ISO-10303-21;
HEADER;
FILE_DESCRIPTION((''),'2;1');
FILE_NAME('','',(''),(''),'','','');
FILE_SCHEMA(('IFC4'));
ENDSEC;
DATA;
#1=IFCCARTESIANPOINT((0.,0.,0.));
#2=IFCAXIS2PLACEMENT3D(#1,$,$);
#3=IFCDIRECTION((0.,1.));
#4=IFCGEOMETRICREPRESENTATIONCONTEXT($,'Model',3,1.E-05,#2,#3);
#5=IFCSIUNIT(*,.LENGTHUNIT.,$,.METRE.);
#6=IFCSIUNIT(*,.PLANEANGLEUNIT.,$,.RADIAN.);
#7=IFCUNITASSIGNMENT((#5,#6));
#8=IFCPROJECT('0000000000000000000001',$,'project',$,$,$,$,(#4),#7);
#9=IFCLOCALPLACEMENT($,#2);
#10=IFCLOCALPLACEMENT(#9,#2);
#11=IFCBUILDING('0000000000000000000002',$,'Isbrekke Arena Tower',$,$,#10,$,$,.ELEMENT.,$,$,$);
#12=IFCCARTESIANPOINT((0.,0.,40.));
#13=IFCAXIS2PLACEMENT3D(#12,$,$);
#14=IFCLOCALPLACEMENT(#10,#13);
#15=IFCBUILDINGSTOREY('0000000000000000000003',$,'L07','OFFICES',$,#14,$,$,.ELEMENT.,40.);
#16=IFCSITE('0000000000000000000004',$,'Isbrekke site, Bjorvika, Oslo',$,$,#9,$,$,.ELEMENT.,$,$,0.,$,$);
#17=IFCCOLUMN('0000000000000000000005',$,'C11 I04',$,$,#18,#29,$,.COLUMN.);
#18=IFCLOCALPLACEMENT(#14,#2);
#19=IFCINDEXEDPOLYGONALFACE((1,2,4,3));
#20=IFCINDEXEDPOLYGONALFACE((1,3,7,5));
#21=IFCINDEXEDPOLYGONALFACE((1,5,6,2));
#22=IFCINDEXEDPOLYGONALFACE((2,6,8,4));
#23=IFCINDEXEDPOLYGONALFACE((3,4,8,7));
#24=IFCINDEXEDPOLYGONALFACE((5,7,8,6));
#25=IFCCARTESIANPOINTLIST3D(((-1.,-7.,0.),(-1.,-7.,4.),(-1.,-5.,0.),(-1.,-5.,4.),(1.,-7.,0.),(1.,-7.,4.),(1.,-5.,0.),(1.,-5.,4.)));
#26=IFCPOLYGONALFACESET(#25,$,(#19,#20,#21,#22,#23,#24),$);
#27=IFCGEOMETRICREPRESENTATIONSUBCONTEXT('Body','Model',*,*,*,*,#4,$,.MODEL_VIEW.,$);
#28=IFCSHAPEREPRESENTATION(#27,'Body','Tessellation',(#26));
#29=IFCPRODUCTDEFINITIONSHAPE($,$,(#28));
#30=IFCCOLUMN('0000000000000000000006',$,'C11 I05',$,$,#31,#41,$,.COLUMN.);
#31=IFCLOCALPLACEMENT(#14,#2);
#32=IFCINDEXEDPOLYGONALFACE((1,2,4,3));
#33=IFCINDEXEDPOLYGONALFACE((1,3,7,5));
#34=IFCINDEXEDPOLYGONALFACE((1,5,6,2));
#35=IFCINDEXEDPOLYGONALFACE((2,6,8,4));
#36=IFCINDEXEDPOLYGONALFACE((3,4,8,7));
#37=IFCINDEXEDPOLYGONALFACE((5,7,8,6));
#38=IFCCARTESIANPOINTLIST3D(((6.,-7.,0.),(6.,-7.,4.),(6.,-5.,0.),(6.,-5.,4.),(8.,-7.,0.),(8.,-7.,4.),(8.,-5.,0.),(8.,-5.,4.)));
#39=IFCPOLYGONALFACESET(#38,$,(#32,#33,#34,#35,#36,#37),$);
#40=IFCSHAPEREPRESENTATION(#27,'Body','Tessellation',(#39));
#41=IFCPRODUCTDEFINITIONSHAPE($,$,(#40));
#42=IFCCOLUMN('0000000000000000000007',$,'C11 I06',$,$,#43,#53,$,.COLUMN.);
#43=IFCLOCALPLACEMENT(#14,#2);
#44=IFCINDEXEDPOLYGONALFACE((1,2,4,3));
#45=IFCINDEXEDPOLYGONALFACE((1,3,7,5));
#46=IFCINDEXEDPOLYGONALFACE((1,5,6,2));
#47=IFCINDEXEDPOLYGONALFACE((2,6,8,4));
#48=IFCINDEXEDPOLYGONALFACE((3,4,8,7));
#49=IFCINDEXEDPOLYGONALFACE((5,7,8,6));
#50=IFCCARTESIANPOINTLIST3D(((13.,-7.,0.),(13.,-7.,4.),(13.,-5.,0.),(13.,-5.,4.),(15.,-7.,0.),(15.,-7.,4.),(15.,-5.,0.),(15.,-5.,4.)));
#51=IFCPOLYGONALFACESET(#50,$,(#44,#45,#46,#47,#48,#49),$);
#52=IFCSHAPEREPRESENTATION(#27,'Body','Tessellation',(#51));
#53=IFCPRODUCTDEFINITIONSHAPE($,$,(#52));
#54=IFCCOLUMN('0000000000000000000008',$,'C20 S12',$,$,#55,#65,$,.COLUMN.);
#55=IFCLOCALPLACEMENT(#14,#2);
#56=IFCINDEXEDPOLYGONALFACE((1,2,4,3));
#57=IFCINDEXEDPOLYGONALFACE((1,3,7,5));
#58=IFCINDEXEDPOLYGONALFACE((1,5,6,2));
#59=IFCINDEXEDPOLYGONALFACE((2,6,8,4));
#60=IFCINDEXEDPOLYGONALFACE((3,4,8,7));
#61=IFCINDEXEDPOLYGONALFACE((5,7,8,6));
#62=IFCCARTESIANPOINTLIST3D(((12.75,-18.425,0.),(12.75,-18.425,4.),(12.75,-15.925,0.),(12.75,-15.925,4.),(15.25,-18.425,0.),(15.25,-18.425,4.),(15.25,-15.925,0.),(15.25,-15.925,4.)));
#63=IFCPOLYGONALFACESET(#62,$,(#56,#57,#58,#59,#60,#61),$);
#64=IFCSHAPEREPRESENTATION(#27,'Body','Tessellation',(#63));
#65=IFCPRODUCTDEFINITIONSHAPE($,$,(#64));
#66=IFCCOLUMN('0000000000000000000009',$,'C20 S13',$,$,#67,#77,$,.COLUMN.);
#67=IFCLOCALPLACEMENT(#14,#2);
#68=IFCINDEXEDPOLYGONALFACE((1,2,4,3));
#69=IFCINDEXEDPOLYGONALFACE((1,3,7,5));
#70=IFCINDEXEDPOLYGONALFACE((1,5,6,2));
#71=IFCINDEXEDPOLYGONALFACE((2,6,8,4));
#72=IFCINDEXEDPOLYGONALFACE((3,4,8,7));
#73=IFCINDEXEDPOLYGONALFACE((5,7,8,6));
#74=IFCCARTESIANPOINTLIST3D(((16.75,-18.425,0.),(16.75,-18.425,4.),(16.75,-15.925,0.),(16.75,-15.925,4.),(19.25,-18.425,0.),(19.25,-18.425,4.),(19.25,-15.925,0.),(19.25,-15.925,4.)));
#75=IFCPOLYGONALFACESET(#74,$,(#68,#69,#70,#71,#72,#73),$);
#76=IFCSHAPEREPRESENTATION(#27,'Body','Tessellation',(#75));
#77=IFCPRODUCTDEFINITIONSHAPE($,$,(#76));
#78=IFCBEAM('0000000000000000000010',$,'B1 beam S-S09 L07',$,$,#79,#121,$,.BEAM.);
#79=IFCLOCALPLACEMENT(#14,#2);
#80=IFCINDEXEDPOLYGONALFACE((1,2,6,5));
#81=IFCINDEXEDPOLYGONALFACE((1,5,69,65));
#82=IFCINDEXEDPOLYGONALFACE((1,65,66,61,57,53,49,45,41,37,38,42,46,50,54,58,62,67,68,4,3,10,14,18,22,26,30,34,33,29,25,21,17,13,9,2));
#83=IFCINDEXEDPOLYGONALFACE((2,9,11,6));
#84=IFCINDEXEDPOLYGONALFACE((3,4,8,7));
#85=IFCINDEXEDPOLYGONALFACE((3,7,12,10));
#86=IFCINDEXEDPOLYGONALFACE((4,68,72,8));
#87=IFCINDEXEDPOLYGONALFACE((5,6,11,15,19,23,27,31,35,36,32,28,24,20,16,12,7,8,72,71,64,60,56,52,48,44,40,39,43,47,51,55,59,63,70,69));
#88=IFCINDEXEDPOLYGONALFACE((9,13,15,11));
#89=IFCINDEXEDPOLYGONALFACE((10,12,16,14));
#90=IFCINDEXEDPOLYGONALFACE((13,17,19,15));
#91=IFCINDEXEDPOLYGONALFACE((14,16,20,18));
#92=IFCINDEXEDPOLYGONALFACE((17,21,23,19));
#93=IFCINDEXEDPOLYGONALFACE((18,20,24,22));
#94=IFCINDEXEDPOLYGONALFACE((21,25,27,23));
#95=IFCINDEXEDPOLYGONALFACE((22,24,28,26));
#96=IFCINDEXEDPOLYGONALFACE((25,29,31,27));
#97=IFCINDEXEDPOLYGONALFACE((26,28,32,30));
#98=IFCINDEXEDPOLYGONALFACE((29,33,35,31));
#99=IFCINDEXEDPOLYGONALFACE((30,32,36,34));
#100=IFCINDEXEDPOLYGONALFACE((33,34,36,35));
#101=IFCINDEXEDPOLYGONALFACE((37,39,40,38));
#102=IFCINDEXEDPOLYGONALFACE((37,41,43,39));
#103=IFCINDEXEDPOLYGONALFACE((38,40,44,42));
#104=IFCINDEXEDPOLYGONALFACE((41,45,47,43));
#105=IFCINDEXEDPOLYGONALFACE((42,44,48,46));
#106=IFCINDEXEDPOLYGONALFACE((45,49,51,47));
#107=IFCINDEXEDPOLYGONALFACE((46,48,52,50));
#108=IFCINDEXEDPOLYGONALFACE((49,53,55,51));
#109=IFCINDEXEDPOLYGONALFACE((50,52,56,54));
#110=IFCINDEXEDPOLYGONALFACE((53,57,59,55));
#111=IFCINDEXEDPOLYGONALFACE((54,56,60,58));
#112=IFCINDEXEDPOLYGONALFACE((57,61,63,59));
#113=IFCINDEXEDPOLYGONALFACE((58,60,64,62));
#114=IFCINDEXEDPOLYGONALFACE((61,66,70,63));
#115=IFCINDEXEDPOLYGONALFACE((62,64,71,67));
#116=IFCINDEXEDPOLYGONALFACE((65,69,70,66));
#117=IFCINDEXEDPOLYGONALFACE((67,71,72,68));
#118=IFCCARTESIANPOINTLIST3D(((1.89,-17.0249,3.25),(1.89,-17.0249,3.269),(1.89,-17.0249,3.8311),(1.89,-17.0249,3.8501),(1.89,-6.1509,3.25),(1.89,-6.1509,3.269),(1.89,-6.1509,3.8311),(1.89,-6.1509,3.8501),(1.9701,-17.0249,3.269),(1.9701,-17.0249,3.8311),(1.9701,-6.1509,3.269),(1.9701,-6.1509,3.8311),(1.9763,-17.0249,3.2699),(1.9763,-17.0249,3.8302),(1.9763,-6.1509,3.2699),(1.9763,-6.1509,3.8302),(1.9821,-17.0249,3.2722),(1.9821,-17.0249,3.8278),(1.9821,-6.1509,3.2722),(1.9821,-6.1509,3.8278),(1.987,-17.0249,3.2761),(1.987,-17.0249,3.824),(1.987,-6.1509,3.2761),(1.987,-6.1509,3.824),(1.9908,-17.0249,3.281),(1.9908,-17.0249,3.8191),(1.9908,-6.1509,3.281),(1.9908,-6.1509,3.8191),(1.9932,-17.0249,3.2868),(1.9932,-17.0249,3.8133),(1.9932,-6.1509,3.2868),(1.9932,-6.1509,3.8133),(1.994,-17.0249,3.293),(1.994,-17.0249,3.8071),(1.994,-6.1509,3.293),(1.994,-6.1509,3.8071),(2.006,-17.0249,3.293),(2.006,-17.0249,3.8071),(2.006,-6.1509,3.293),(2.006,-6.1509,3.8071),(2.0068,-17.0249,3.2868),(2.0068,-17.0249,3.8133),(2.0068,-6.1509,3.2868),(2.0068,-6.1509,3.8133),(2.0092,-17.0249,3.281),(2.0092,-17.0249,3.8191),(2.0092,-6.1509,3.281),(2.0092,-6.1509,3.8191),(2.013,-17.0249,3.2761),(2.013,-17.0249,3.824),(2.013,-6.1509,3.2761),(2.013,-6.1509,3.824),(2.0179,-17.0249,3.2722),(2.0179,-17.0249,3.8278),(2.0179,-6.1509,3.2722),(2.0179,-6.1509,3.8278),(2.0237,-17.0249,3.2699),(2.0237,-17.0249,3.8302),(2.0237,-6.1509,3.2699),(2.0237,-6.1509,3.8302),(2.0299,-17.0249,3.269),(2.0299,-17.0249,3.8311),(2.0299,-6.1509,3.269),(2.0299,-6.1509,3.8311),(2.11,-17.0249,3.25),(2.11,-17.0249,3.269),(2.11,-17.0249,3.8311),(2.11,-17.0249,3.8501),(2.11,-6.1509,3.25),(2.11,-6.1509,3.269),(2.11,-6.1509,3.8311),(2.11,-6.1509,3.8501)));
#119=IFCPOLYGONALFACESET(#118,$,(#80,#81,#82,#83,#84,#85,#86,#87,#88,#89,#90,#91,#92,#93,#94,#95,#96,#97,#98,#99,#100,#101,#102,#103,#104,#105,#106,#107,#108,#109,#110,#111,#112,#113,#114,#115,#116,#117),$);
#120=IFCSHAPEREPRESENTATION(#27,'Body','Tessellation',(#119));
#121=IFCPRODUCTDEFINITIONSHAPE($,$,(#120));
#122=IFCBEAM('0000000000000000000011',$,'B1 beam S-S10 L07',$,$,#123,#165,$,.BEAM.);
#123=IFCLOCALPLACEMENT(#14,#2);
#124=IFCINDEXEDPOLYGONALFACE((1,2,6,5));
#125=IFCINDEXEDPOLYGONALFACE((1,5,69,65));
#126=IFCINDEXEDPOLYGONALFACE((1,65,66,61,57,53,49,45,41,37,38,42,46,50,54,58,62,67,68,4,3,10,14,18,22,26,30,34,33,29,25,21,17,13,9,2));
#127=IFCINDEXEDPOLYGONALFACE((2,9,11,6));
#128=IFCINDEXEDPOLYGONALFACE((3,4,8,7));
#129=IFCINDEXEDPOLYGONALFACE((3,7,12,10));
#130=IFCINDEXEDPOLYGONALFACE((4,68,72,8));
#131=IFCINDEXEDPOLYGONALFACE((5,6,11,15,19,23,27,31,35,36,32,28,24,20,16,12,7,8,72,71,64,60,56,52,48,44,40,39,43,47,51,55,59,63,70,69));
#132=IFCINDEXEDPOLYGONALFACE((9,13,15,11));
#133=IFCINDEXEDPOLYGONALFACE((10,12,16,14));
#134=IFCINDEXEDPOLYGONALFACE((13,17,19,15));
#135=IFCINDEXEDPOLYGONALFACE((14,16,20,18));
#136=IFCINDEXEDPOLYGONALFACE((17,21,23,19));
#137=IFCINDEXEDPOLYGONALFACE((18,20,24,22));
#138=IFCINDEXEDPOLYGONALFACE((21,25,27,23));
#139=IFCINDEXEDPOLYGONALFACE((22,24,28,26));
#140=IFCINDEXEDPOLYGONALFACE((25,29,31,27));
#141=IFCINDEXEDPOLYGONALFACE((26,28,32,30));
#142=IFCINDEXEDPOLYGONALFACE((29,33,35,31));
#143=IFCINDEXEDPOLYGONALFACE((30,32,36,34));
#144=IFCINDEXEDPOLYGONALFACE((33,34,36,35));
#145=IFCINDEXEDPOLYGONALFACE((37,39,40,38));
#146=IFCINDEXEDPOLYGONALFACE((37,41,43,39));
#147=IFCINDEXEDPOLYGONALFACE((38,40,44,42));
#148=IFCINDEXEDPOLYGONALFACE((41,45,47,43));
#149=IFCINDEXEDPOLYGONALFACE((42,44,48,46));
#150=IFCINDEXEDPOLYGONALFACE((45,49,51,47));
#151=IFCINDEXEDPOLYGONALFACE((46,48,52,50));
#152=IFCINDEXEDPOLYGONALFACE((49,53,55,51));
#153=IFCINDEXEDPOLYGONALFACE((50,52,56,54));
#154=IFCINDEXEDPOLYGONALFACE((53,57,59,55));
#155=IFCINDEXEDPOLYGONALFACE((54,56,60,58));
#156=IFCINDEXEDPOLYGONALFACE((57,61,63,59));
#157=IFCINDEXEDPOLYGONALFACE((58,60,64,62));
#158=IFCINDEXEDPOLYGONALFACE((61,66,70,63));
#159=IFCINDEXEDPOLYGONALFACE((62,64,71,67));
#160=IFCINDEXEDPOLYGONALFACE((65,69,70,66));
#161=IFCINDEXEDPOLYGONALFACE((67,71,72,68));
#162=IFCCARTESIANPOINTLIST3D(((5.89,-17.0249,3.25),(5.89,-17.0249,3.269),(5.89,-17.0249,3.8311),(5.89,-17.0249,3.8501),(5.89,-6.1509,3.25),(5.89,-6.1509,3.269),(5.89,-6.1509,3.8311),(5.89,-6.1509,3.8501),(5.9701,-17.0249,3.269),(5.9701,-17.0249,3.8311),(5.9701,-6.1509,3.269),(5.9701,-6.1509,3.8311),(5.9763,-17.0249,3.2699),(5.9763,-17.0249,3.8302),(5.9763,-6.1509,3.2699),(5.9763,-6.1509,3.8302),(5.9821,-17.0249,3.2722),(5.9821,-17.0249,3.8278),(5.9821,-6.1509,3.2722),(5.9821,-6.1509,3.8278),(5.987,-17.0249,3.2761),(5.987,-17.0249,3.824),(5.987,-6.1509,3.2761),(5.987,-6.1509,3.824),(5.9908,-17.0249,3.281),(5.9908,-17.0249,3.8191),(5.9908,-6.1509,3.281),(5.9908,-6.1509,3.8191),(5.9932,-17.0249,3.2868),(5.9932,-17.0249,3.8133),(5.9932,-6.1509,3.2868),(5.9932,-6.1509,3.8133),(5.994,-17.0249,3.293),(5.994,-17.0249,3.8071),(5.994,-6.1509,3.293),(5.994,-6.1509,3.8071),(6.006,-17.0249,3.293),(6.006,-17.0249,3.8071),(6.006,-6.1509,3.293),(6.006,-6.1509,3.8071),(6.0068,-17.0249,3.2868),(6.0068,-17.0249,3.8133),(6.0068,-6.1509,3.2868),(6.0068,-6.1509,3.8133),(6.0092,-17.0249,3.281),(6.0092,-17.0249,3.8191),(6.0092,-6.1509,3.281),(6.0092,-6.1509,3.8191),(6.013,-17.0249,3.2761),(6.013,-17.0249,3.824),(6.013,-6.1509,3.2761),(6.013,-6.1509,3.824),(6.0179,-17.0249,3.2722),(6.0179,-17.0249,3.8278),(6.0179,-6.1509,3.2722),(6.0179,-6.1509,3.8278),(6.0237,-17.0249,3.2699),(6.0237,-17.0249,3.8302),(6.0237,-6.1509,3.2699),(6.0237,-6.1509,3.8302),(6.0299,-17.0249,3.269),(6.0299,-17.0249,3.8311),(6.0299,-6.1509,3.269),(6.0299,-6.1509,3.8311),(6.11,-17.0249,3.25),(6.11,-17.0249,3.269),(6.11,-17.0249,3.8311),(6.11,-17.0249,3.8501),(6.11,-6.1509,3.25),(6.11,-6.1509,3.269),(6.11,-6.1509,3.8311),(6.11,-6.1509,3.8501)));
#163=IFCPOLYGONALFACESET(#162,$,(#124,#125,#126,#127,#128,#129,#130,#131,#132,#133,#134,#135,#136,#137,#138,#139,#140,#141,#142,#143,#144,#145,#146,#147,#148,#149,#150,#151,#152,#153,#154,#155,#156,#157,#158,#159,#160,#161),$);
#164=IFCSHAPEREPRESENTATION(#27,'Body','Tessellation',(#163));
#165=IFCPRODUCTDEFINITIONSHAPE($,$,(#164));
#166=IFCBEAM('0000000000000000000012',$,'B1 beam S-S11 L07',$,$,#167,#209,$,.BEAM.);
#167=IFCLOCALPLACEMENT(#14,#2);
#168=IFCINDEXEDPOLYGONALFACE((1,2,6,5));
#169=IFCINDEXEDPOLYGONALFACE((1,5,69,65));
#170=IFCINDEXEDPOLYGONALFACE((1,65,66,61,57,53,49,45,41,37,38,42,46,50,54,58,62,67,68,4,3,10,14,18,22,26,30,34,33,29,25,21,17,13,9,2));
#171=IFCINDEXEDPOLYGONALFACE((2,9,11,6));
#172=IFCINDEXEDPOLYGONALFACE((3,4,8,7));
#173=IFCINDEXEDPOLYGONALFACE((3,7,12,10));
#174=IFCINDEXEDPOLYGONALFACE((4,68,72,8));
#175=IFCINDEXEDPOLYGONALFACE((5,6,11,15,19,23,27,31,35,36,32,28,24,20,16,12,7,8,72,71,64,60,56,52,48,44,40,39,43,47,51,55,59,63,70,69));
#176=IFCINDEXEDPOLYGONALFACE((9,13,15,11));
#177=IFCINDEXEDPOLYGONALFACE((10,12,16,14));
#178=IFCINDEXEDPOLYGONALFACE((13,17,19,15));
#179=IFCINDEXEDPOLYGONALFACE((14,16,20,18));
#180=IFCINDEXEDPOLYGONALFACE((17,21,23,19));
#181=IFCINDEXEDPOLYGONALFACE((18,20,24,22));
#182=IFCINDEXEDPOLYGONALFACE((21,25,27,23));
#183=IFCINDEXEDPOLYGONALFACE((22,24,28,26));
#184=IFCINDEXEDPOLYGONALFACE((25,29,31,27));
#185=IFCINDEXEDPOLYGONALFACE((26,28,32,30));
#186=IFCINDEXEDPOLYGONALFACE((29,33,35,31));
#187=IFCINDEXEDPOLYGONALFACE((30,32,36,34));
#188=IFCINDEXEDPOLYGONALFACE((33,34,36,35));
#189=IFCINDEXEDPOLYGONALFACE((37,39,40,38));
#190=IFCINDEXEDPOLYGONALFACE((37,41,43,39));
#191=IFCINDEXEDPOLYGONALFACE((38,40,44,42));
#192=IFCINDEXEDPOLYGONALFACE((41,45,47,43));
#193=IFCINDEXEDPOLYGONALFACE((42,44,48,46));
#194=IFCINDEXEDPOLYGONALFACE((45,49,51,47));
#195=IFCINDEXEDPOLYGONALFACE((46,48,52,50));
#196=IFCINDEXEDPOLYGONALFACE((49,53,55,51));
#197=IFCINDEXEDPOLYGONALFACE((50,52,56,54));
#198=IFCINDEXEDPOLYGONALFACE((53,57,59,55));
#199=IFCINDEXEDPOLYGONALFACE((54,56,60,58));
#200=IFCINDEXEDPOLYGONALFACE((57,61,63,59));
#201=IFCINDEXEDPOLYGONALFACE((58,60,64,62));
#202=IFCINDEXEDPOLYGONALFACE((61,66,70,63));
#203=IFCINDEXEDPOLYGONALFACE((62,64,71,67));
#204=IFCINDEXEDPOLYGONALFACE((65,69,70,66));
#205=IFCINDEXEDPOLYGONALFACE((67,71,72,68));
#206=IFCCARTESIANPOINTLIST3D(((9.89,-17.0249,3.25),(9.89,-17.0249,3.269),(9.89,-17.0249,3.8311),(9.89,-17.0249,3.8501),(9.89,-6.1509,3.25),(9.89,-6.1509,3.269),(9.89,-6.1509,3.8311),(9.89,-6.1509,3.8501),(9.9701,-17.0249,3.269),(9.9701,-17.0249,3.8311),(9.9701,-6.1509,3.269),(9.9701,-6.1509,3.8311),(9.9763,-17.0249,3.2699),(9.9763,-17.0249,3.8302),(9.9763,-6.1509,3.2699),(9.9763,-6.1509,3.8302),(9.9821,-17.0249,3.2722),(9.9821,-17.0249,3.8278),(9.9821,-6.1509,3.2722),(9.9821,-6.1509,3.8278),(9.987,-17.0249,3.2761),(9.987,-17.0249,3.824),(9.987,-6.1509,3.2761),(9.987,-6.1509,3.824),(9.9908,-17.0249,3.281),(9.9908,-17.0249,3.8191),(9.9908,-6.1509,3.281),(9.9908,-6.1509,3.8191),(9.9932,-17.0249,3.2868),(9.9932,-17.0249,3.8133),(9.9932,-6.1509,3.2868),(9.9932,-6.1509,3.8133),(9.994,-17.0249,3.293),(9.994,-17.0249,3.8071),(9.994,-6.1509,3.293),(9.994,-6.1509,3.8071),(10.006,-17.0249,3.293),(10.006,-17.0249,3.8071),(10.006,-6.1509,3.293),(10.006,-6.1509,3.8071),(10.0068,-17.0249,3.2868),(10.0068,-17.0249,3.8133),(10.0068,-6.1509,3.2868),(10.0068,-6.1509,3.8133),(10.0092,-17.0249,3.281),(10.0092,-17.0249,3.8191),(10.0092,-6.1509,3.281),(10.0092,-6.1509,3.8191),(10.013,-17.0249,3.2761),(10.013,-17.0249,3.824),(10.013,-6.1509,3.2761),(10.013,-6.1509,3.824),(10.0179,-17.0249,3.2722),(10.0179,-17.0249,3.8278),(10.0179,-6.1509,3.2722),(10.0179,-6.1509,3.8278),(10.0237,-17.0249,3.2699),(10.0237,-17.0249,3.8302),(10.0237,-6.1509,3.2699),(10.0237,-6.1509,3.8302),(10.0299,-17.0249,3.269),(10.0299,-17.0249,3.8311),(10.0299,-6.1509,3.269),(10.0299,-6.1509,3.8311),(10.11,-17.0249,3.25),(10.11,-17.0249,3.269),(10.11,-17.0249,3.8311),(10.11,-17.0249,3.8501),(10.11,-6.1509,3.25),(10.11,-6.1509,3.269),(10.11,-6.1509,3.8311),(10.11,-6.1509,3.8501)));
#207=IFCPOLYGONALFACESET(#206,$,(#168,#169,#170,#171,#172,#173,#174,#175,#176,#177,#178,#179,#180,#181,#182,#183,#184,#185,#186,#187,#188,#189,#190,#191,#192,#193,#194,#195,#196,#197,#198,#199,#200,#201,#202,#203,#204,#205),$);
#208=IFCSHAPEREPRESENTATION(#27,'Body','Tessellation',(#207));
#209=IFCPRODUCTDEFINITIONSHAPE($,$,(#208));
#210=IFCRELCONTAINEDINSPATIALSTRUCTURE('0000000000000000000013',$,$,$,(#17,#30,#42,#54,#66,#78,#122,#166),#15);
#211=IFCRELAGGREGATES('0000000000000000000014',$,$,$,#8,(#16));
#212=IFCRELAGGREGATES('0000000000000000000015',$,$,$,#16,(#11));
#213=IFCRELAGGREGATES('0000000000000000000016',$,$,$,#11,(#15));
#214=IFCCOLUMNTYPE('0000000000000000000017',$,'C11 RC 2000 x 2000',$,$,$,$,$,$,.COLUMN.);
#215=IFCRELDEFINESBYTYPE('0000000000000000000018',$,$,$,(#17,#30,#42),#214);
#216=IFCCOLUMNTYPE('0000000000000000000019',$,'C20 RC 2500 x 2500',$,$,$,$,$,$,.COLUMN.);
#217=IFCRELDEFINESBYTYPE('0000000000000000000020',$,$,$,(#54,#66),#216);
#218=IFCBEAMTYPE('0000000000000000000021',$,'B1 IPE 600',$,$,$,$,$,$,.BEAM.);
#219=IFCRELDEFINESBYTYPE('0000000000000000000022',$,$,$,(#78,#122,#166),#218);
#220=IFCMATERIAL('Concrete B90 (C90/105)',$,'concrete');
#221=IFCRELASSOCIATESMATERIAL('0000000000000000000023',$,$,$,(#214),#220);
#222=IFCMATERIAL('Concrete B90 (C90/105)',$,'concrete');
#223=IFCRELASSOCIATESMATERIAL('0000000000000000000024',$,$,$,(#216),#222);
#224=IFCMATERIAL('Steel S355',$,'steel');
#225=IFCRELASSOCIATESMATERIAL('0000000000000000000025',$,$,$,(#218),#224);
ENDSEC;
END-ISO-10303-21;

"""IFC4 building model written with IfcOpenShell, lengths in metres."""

from ifc_helpers import new_model, si_unit, direction, frame, origin, origin_2d, place, context, subcontext, project, spatial, rectangle, i_section, extrude, material, material_profile, profile_set, type_object, element, save


model = new_model("IFC4")

# Units and contexts
model_context = context("Model", 3, precision=1e-05, world=origin(), true_north=direction((0.0, 1.0)))
body_context = subcontext(model_context, "Body", "Model", "MODEL_VIEW")
ifc_project = project(units=[si_unit("LENGTHUNIT", "METRE"), si_unit("PLANEANGLEUNIT", "RADIAN")], contexts=[model_context])

# Site, building, storey
site_placement = place(None, origin())
site = spatial("IfcSite", under=ifc_project, at=site_placement, Name="Isbrekke site, Bjorvika, Oslo", CompositionType="ELEMENT", RefElevation=0.0)
building_placement = place(site_placement, origin())
building = spatial("IfcBuilding", under=site, at=building_placement, Name="Isbrekke Arena Tower", CompositionType="ELEMENT")
storey_placement = place(building_placement, frame((0.0, 0.0, 40.0)))
storey = spatial("IfcBuildingStorey", under=building, at=storey_placement, Name="L07", Description="OFFICES", CompositionType="ELEMENT", Elevation=40.0)

# Columns
ifc_material_1 = material(Name="Concrete B90 (C90/105)", Category="concrete")
ifc_material_profile_1 = material_profile(ifc_material_1, rectangle(XDim=2.0, YDim=2.0, at=origin_2d()), Name="RC 2000x2000")
ifc_profile_set_1 = profile_set([ifc_material_profile_1], Name="Concrete B90 (C90/105)")
column_type_1 = type_object("IfcColumnType", Name="C11 RC 2000 x 2000", PredefinedType="COLUMN", material=ifc_profile_set_1)
for number, where, z_axis, x_axis, name in (
    (1, (0.0, -6.0, 0.0), (0.0, 0.0, 1.0), (1.0, 0.0, 0.0), "C11 I04"),
    (2, (7.0, -6.0, 0.0), (0.0, 0.0, 1.0), (1.0, 0.0, 0.0), "C11 I05"),
    (3, (14.0, -6.0, 0.0), (0.0, 0.0, 1.0), (1.0, 0.0, 0.0), "C11 I06"),
):
    element("IfcColumn", number, at=place(storey_placement, frame(where, z_axis=z_axis, x_axis=x_axis)), inside=storey, type_object=column_type_1, Name=name, PredefinedType="COLUMN", context=body_context, shape_type="SweptSolid", body=[
        extrude(rectangle(XDim=2.0, YDim=2.0, at=origin_2d()), origin(), (0.0, 0.0, 1.0), 4.0),
    ])
ifc_material_2 = material(Name="Concrete B90 (C90/105)", Category="concrete")
ifc_material_profile_2 = material_profile(ifc_material_2, rectangle(XDim=2.5, YDim=2.5, at=origin_2d()), Name="RC 2500x2500")
ifc_profile_set_2 = profile_set([ifc_material_profile_2], Name="Concrete B90 (C90/105)")
column_type_2 = type_object("IfcColumnType", Name="C20 RC 2500 x 2500", PredefinedType="COLUMN", material=ifc_profile_set_2)
for number, where, z_axis, x_axis, name in (
    (4, (14.0, -17.175, 0.0), (0.0, 0.0, 1.0), (1.0, 0.0, 0.0), "C20 S12"),
    (5, (18.0, -17.175, 0.0), (0.0, 0.0, 1.0), (1.0, 0.0, 0.0), "C20 S13"),
):
    element("IfcColumn", number, at=place(storey_placement, frame(where, z_axis=z_axis, x_axis=x_axis)), inside=storey, type_object=column_type_2, Name=name, PredefinedType="COLUMN", context=body_context, shape_type="SweptSolid", body=[
        extrude(rectangle(XDim=2.5, YDim=2.5, at=origin_2d()), origin(), (0.0, 0.0, 1.0), 4.0),
    ])

# Beams
ifc_material_3 = material(Name="Steel S355", Category="steel")
ifc_material_profile_3 = material_profile(ifc_material_3, i_section(OverallWidth=0.22, OverallDepth=0.6001, WebThickness=0.012, FlangeThickness=0.019, FilletRadius=0.0239, at=origin_2d()), Name="IPE 600")
ifc_profile_set_3 = profile_set([ifc_material_profile_3], Name="Steel S355")
beam_type_1 = type_object("IfcBeamType", Name="B1 IPE 600", PredefinedType="BEAM", material=ifc_profile_set_3)
for number, where, z_axis, x_axis, name in (
    (6, (2.0, -17.0249, 3.55), (0.0, 1.0, 0.0), (-1.0, 0.0, 0.0), "B1 beam S-S09 L07"),
    (7, (6.0, -17.0249, 3.55), (0.0, 1.0, 0.0), (-1.0, 0.0, 0.0), "B1 beam S-S10 L07"),
    (8, (10.0, -17.0249, 3.55), (0.0, 1.0, 0.0), (-1.0, 0.0, 0.0), "B1 beam S-S11 L07"),
):
    element("IfcBeam", number, at=place(storey_placement, frame(where, z_axis=z_axis, x_axis=x_axis)), inside=storey, type_object=beam_type_1, Name=name, PredefinedType="BEAM", context=body_context, shape_type="SweptSolid", body=[
        extrude(i_section(OverallWidth=0.22, OverallDepth=0.6001, WebThickness=0.012, FlangeThickness=0.019, FilletRadius=0.0239, at=origin_2d()), origin(), (0.0, 0.0, 1.0), 10.874),
    ])

save(model, "model.ifc")
